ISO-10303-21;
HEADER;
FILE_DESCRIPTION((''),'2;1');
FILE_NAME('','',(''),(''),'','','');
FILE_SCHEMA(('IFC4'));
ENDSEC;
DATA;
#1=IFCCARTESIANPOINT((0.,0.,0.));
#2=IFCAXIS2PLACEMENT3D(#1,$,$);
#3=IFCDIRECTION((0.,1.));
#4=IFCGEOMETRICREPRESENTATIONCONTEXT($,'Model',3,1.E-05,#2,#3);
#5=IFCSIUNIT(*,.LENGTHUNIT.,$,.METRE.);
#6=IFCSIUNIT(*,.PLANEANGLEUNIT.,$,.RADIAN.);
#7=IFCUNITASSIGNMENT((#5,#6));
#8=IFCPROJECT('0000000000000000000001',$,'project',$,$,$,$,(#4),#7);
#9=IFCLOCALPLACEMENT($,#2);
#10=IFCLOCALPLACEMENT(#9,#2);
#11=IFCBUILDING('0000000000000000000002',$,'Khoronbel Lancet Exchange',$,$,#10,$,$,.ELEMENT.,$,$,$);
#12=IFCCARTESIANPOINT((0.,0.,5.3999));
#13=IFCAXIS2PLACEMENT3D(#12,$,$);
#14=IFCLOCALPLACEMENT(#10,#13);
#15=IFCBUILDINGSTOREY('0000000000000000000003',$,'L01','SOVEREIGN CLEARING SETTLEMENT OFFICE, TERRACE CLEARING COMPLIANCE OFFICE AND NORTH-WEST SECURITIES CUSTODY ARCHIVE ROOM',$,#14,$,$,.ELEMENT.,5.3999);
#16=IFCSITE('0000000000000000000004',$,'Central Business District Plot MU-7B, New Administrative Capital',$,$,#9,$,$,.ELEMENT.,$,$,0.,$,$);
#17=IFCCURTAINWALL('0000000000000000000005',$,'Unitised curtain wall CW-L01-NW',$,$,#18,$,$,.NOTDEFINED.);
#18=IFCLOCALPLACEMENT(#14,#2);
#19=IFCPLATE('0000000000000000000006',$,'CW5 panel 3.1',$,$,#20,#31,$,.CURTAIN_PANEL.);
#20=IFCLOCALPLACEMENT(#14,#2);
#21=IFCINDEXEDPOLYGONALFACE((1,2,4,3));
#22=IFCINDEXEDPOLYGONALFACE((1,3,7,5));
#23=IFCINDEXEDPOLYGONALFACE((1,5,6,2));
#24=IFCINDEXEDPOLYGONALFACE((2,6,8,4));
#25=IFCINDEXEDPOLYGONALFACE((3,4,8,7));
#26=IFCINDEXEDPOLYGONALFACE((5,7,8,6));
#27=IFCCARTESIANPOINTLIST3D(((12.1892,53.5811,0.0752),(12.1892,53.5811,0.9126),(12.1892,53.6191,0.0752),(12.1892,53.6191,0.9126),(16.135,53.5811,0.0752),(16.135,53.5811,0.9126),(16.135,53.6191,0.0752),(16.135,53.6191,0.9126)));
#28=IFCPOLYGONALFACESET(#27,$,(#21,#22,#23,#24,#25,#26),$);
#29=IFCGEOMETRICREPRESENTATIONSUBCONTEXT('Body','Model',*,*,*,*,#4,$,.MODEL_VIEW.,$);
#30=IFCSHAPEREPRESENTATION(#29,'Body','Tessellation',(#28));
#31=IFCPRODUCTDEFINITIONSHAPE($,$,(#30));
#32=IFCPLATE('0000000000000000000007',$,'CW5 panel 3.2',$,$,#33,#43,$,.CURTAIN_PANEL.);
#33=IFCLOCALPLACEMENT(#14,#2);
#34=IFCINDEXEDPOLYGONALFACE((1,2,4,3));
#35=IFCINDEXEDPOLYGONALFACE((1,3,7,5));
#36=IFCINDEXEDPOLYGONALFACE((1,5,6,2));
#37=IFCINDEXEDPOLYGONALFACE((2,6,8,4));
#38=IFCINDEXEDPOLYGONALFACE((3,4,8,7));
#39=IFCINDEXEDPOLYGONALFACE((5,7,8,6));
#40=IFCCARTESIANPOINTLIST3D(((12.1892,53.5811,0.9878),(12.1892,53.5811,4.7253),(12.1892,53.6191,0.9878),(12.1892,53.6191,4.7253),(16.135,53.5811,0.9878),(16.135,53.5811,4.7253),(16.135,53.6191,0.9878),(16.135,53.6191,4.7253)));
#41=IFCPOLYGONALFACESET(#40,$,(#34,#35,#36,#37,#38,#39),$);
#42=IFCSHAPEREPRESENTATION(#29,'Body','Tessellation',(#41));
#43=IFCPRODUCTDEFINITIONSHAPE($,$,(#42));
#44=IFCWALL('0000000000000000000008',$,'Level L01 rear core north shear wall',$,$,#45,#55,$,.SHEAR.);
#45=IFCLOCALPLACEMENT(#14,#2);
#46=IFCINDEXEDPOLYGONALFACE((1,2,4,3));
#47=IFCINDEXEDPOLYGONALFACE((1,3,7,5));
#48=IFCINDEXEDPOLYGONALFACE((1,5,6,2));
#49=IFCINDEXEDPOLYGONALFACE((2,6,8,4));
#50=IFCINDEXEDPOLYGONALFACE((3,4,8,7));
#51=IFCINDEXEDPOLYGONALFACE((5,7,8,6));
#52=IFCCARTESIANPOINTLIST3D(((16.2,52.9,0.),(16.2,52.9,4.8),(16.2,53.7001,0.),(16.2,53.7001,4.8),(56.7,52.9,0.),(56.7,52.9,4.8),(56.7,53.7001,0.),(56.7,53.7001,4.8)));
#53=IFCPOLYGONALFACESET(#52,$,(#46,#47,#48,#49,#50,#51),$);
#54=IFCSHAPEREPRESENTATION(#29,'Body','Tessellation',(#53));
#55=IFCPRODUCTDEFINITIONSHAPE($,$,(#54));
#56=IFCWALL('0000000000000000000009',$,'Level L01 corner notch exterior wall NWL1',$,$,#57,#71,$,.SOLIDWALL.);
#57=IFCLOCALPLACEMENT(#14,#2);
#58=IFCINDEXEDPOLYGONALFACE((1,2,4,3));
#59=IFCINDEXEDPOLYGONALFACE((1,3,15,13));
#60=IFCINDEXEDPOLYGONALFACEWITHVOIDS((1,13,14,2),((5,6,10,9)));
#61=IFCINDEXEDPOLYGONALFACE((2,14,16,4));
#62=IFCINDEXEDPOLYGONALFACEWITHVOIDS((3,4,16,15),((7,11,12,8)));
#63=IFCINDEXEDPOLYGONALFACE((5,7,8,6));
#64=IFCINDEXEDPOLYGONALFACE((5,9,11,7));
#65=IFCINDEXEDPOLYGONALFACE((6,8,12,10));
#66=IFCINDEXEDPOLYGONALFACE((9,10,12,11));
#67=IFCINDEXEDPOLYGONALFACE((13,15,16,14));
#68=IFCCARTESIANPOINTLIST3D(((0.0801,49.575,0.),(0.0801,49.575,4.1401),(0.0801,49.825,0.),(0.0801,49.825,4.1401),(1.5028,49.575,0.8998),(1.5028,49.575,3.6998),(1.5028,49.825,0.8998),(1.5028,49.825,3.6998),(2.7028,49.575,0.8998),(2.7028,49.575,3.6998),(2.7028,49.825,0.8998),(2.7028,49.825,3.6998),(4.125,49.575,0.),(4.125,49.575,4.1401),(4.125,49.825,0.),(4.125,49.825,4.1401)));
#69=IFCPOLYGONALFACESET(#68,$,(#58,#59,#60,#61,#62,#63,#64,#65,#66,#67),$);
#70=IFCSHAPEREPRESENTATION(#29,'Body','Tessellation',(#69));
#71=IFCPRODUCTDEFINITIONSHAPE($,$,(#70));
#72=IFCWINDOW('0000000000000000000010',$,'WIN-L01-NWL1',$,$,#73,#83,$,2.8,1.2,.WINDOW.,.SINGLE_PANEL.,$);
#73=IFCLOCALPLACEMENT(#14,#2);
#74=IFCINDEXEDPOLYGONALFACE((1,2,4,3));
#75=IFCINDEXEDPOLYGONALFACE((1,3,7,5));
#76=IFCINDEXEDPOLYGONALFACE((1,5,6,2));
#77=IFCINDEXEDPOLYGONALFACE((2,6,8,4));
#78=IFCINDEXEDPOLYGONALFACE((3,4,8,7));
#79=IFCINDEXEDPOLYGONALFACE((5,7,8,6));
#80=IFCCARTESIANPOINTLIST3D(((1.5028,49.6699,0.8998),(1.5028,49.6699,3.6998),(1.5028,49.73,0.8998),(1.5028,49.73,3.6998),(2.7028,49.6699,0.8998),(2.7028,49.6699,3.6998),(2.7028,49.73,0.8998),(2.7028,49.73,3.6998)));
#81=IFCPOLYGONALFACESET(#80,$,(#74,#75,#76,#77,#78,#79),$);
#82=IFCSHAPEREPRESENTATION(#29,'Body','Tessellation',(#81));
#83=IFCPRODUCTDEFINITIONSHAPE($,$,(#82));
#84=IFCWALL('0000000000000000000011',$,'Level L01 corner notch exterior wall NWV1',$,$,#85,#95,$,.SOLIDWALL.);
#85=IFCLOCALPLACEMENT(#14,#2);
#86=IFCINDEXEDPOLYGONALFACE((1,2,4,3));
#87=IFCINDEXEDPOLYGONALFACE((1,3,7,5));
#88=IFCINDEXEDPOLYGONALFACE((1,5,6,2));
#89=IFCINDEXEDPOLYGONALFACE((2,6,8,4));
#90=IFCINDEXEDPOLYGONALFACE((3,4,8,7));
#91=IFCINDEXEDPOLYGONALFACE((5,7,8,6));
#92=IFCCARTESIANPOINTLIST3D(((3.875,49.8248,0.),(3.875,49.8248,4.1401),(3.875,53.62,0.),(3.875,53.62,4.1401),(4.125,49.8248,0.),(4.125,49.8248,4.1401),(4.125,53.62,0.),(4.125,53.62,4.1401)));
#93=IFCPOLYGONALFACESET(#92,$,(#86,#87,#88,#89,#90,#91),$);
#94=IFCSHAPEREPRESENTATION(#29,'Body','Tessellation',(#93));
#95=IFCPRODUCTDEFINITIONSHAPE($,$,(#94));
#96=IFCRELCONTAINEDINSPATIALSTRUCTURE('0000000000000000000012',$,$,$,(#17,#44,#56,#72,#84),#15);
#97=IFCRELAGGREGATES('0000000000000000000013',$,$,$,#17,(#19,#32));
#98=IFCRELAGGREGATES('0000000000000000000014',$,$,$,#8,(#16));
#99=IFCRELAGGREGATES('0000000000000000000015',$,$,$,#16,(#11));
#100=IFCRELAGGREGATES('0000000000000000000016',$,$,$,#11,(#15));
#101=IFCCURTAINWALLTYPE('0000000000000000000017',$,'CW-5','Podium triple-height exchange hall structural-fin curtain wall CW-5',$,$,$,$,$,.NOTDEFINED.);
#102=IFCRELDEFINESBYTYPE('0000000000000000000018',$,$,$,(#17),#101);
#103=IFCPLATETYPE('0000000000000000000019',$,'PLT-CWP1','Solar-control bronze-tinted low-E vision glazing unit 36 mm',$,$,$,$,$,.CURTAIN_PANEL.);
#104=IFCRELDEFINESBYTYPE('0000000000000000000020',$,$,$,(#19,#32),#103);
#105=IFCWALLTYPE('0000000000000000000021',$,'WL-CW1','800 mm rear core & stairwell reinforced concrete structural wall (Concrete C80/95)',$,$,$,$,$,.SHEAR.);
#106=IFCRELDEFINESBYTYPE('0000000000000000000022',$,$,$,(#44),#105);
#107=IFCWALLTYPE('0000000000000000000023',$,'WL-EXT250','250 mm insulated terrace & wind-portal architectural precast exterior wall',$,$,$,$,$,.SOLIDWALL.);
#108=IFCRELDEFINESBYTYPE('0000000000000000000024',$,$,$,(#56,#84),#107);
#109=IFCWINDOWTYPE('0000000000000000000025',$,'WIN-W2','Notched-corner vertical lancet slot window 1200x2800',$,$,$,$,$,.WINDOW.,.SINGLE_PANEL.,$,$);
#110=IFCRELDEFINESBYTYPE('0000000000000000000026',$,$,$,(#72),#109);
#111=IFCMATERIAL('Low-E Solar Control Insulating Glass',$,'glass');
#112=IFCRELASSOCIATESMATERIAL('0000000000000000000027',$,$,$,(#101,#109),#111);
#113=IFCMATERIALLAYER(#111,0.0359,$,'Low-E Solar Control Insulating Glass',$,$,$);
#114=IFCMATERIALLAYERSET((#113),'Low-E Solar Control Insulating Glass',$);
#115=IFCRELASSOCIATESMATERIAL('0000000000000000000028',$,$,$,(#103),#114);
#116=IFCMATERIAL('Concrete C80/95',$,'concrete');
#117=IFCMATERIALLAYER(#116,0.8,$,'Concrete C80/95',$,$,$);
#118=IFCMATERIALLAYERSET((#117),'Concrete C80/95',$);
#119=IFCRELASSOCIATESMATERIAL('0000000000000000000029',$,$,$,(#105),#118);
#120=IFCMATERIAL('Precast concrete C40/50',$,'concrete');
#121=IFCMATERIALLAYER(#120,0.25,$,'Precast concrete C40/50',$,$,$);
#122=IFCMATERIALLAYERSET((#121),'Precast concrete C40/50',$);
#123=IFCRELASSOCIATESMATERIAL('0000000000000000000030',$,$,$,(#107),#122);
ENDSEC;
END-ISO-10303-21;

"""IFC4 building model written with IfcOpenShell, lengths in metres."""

from ifc_helpers import new_model, si_unit, direction, frame, frame_2d, origin, origin_2d, place, context, subcontext, project, spatial, rectangle, extrude, material, layer, layer_set, type_object, element, fill, aggregate, save


model = new_model("IFC4")

# Units and contexts
model_context = context("Model", 3, precision=1e-05, world=origin(), true_north=direction((0.0, 1.0)))
body_context = subcontext(model_context, "Body", "Model", "MODEL_VIEW")
ifc_project = project(units=[si_unit("LENGTHUNIT", "METRE"), si_unit("PLANEANGLEUNIT", "RADIAN")], contexts=[model_context])

# Site, building, storey
site_placement = place(None, origin())
site = spatial("IfcSite", under=ifc_project, at=site_placement, Name="Central Business District Plot MU-7B, New Administrative Capital", CompositionType="ELEMENT", RefElevation=0.0)
building_placement = place(site_placement, origin())
building = spatial("IfcBuilding", under=site, at=building_placement, Name="Khoronbel Lancet Exchange", CompositionType="ELEMENT")
storey_placement = place(building_placement, frame((0.0, 0.0, 5.3999)))
storey = spatial("IfcBuildingStorey", under=building, at=storey_placement, Name="L01", Description="SOVEREIGN CLEARING SETTLEMENT OFFICE, TERRACE CLEARING COMPLIANCE OFFICE AND NORTH-WEST SECURITIES CUSTODY ARCHIVE ROOM", CompositionType="ELEMENT", Elevation=5.3999)

# Curtain wall, plates
ifc_material_1 = material(Name="Low-E Solar Control Insulating Glass", Category="glass")
curtain_wall_type = type_object("IfcCurtainWallType", Name="CW-5", Description="Podium triple-height exchange hall structural-fin curtain wall CW-5", PredefinedType="NOTDEFINED", material=ifc_material_1)
curtain_wall_placement = place(storey_placement, origin())
curtain_wall = element("IfcCurtainWall", 1, at=curtain_wall_placement, inside=storey, type_object=curtain_wall_type, Name="Unitised curtain wall CW-L01-NW", PredefinedType="NOTDEFINED")
ifc_layer_1 = layer(ifc_material_1, 0.0359, Name="Low-E Solar Control Insulating Glass")
ifc_layer_set_1 = layer_set([ifc_layer_1], Name="Low-E Solar Control Insulating Glass")
plate_type_1 = type_object("IfcPlateType", Name="PLT-CWP1", Description="Solar-control bronze-tinted low-E vision glazing unit 36 mm", PredefinedType="CURTAIN_PANEL", material=ifc_layer_set_1)
plate_1_placement = place(storey_placement, frame((14.1621, 53.6001, 0.0752), z_axis=(0.0, 0.0, 1.0), x_axis=(1.0, 0.0, 0.0)))
plate_1 = element("IfcPlate", 2, at=plate_1_placement, type_object=plate_type_1, Name="CW5 panel 3.1", PredefinedType="CURTAIN_PANEL", context=body_context, shape_type="SweptSolid", body=[
    extrude(rectangle(XDim=3.9458, YDim=0.0381, at=origin_2d()), origin(), (0.0, 0.0, 1.0), 0.8374),
])
plate_2_placement = place(storey_placement, frame((14.1621, 53.6001, 0.9878), z_axis=(0.0, 0.0, 1.0), x_axis=(1.0, 0.0, 0.0)))
plate_2 = element("IfcPlate", 3, at=plate_2_placement, type_object=plate_type_1, Name="CW5 panel 3.2", PredefinedType="CURTAIN_PANEL", context=body_context, shape_type="SweptSolid", body=[
    extrude(rectangle(XDim=3.9458, YDim=0.0381, at=origin_2d()), origin(), (0.0, 0.0, 1.0), 3.7375),
])
aggregate(curtain_wall, [plate_1, plate_2])

# Wall
ifc_material_2 = material(Name="Concrete C80/95", Category="concrete")
ifc_layer_2 = layer(ifc_material_2, 0.8, Name="Concrete C80/95")
ifc_layer_set_2 = layer_set([ifc_layer_2], Name="Concrete C80/95")
wall_type_1 = type_object("IfcWallType", Name="WL-CW1", Description="800 mm rear core & stairwell reinforced concrete structural wall (Concrete C80/95)", PredefinedType="SHEAR", material=ifc_layer_set_2)
wall_1_placement = place(storey_placement, frame((16.2, 53.3, 0.0), z_axis=(0.0, 0.0, 1.0), x_axis=(1.0, 0.0, 0.0)))
element("IfcWall", 4, at=wall_1_placement, inside=storey, type_object=wall_type_1, Name="Level L01 rear core north shear wall", PredefinedType="SHEAR", context=body_context, shape_type="SweptSolid", body=[
    extrude(rectangle(XDim=40.5, YDim=0.8, at=frame_2d((20.25, 0.0))), origin(), (0.0, 0.0, 1.0), 4.8),
])

# Wall, opening, window
ifc_material_3 = material(Name="Precast concrete C40/50", Category="concrete")
ifc_layer_3 = layer(ifc_material_3, 0.25, Name="Precast concrete C40/50")
ifc_layer_set_3 = layer_set([ifc_layer_3], Name="Precast concrete C40/50")
wall_type_2 = type_object("IfcWallType", Name="WL-EXT250", Description="250 mm insulated terrace & wind-portal architectural precast exterior wall", PredefinedType="SOLIDWALL", material=ifc_layer_set_3)
wall_2_placement = place(storey_placement, frame((0.0801, 49.7, 0.0), z_axis=(0.0, 0.0, 1.0), x_axis=(1.0, 0.0, 0.0)))
wall_2 = element("IfcWall", 5, at=wall_2_placement, inside=storey, type_object=wall_type_2, Name="Level L01 corner notch exterior wall NWL1", PredefinedType="SOLIDWALL", context=body_context, shape_type="SweptSolid", body=[
    extrude(rectangle(XDim=4.0449, YDim=0.25, at=frame_2d((2.0225, 0.0))), origin(), (0.0, 0.0, 1.0), 4.1401),
])
opening_placement = place(wall_2_placement, frame((1.4226, 0.0, 0.8999)))
opening = element("IfcOpeningElement", 6, at=opening_placement, cuts=wall_2, PredefinedType="OPENING", context=body_context, shape_type="SweptSolid", body=[
    extrude(rectangle(XDim=1.2, YDim=2.8, at=frame_2d((0.6001, 1.3999))), frame((0.0, 0.135, 0.0), z_axis=(0.0, -1.0, 0.0), x_axis=(1.0, 0.0, 0.0)), (0.0, 0.0, 1.0), 0.27),
])
window_type = type_object("IfcWindowType", Name="WIN-W2", Description="Notched-corner vertical lancet slot window 1200x2800", PartitioningType="SINGLE_PANEL", PredefinedType="WINDOW", material=ifc_material_1)
window_placement = place(opening_placement, origin())
window = element("IfcWindow", 7, at=window_placement, inside=storey, type_object=window_type, Name="WIN-L01-NWL1", OverallHeight=2.8, OverallWidth=1.2, PartitioningType="SINGLE_PANEL", PredefinedType="WINDOW", context=body_context, shape_type="SweptSolid", body=[
    extrude(rectangle(XDim=1.2, YDim=2.8, at=frame_2d((0.6001, 1.3999))), frame((0.0, 0.03, 0.0), z_axis=(0.0, -1.0, 0.0), x_axis=(1.0, 0.0, 0.0)), (0.0, 0.0, 1.0), 0.0601),
])
fill(opening, window)

# Wall
wall_3_placement = place(storey_placement, frame((4.0, 49.825, 0.0), z_axis=(0.0, 0.0, 1.0), x_axis=(0.0, 1.0, 0.0)))
element("IfcWall", 8, at=wall_3_placement, inside=storey, type_object=wall_type_2, Name="Level L01 corner notch exterior wall NWV1", PredefinedType="SOLIDWALL", context=body_context, shape_type="SweptSolid", body=[
    extrude(rectangle(XDim=3.7952, YDim=0.25, at=frame_2d((1.8975, 0.0))), origin(), (0.0, 0.0, 1.0), 4.1401),
])

save(model, "model.ifc")
